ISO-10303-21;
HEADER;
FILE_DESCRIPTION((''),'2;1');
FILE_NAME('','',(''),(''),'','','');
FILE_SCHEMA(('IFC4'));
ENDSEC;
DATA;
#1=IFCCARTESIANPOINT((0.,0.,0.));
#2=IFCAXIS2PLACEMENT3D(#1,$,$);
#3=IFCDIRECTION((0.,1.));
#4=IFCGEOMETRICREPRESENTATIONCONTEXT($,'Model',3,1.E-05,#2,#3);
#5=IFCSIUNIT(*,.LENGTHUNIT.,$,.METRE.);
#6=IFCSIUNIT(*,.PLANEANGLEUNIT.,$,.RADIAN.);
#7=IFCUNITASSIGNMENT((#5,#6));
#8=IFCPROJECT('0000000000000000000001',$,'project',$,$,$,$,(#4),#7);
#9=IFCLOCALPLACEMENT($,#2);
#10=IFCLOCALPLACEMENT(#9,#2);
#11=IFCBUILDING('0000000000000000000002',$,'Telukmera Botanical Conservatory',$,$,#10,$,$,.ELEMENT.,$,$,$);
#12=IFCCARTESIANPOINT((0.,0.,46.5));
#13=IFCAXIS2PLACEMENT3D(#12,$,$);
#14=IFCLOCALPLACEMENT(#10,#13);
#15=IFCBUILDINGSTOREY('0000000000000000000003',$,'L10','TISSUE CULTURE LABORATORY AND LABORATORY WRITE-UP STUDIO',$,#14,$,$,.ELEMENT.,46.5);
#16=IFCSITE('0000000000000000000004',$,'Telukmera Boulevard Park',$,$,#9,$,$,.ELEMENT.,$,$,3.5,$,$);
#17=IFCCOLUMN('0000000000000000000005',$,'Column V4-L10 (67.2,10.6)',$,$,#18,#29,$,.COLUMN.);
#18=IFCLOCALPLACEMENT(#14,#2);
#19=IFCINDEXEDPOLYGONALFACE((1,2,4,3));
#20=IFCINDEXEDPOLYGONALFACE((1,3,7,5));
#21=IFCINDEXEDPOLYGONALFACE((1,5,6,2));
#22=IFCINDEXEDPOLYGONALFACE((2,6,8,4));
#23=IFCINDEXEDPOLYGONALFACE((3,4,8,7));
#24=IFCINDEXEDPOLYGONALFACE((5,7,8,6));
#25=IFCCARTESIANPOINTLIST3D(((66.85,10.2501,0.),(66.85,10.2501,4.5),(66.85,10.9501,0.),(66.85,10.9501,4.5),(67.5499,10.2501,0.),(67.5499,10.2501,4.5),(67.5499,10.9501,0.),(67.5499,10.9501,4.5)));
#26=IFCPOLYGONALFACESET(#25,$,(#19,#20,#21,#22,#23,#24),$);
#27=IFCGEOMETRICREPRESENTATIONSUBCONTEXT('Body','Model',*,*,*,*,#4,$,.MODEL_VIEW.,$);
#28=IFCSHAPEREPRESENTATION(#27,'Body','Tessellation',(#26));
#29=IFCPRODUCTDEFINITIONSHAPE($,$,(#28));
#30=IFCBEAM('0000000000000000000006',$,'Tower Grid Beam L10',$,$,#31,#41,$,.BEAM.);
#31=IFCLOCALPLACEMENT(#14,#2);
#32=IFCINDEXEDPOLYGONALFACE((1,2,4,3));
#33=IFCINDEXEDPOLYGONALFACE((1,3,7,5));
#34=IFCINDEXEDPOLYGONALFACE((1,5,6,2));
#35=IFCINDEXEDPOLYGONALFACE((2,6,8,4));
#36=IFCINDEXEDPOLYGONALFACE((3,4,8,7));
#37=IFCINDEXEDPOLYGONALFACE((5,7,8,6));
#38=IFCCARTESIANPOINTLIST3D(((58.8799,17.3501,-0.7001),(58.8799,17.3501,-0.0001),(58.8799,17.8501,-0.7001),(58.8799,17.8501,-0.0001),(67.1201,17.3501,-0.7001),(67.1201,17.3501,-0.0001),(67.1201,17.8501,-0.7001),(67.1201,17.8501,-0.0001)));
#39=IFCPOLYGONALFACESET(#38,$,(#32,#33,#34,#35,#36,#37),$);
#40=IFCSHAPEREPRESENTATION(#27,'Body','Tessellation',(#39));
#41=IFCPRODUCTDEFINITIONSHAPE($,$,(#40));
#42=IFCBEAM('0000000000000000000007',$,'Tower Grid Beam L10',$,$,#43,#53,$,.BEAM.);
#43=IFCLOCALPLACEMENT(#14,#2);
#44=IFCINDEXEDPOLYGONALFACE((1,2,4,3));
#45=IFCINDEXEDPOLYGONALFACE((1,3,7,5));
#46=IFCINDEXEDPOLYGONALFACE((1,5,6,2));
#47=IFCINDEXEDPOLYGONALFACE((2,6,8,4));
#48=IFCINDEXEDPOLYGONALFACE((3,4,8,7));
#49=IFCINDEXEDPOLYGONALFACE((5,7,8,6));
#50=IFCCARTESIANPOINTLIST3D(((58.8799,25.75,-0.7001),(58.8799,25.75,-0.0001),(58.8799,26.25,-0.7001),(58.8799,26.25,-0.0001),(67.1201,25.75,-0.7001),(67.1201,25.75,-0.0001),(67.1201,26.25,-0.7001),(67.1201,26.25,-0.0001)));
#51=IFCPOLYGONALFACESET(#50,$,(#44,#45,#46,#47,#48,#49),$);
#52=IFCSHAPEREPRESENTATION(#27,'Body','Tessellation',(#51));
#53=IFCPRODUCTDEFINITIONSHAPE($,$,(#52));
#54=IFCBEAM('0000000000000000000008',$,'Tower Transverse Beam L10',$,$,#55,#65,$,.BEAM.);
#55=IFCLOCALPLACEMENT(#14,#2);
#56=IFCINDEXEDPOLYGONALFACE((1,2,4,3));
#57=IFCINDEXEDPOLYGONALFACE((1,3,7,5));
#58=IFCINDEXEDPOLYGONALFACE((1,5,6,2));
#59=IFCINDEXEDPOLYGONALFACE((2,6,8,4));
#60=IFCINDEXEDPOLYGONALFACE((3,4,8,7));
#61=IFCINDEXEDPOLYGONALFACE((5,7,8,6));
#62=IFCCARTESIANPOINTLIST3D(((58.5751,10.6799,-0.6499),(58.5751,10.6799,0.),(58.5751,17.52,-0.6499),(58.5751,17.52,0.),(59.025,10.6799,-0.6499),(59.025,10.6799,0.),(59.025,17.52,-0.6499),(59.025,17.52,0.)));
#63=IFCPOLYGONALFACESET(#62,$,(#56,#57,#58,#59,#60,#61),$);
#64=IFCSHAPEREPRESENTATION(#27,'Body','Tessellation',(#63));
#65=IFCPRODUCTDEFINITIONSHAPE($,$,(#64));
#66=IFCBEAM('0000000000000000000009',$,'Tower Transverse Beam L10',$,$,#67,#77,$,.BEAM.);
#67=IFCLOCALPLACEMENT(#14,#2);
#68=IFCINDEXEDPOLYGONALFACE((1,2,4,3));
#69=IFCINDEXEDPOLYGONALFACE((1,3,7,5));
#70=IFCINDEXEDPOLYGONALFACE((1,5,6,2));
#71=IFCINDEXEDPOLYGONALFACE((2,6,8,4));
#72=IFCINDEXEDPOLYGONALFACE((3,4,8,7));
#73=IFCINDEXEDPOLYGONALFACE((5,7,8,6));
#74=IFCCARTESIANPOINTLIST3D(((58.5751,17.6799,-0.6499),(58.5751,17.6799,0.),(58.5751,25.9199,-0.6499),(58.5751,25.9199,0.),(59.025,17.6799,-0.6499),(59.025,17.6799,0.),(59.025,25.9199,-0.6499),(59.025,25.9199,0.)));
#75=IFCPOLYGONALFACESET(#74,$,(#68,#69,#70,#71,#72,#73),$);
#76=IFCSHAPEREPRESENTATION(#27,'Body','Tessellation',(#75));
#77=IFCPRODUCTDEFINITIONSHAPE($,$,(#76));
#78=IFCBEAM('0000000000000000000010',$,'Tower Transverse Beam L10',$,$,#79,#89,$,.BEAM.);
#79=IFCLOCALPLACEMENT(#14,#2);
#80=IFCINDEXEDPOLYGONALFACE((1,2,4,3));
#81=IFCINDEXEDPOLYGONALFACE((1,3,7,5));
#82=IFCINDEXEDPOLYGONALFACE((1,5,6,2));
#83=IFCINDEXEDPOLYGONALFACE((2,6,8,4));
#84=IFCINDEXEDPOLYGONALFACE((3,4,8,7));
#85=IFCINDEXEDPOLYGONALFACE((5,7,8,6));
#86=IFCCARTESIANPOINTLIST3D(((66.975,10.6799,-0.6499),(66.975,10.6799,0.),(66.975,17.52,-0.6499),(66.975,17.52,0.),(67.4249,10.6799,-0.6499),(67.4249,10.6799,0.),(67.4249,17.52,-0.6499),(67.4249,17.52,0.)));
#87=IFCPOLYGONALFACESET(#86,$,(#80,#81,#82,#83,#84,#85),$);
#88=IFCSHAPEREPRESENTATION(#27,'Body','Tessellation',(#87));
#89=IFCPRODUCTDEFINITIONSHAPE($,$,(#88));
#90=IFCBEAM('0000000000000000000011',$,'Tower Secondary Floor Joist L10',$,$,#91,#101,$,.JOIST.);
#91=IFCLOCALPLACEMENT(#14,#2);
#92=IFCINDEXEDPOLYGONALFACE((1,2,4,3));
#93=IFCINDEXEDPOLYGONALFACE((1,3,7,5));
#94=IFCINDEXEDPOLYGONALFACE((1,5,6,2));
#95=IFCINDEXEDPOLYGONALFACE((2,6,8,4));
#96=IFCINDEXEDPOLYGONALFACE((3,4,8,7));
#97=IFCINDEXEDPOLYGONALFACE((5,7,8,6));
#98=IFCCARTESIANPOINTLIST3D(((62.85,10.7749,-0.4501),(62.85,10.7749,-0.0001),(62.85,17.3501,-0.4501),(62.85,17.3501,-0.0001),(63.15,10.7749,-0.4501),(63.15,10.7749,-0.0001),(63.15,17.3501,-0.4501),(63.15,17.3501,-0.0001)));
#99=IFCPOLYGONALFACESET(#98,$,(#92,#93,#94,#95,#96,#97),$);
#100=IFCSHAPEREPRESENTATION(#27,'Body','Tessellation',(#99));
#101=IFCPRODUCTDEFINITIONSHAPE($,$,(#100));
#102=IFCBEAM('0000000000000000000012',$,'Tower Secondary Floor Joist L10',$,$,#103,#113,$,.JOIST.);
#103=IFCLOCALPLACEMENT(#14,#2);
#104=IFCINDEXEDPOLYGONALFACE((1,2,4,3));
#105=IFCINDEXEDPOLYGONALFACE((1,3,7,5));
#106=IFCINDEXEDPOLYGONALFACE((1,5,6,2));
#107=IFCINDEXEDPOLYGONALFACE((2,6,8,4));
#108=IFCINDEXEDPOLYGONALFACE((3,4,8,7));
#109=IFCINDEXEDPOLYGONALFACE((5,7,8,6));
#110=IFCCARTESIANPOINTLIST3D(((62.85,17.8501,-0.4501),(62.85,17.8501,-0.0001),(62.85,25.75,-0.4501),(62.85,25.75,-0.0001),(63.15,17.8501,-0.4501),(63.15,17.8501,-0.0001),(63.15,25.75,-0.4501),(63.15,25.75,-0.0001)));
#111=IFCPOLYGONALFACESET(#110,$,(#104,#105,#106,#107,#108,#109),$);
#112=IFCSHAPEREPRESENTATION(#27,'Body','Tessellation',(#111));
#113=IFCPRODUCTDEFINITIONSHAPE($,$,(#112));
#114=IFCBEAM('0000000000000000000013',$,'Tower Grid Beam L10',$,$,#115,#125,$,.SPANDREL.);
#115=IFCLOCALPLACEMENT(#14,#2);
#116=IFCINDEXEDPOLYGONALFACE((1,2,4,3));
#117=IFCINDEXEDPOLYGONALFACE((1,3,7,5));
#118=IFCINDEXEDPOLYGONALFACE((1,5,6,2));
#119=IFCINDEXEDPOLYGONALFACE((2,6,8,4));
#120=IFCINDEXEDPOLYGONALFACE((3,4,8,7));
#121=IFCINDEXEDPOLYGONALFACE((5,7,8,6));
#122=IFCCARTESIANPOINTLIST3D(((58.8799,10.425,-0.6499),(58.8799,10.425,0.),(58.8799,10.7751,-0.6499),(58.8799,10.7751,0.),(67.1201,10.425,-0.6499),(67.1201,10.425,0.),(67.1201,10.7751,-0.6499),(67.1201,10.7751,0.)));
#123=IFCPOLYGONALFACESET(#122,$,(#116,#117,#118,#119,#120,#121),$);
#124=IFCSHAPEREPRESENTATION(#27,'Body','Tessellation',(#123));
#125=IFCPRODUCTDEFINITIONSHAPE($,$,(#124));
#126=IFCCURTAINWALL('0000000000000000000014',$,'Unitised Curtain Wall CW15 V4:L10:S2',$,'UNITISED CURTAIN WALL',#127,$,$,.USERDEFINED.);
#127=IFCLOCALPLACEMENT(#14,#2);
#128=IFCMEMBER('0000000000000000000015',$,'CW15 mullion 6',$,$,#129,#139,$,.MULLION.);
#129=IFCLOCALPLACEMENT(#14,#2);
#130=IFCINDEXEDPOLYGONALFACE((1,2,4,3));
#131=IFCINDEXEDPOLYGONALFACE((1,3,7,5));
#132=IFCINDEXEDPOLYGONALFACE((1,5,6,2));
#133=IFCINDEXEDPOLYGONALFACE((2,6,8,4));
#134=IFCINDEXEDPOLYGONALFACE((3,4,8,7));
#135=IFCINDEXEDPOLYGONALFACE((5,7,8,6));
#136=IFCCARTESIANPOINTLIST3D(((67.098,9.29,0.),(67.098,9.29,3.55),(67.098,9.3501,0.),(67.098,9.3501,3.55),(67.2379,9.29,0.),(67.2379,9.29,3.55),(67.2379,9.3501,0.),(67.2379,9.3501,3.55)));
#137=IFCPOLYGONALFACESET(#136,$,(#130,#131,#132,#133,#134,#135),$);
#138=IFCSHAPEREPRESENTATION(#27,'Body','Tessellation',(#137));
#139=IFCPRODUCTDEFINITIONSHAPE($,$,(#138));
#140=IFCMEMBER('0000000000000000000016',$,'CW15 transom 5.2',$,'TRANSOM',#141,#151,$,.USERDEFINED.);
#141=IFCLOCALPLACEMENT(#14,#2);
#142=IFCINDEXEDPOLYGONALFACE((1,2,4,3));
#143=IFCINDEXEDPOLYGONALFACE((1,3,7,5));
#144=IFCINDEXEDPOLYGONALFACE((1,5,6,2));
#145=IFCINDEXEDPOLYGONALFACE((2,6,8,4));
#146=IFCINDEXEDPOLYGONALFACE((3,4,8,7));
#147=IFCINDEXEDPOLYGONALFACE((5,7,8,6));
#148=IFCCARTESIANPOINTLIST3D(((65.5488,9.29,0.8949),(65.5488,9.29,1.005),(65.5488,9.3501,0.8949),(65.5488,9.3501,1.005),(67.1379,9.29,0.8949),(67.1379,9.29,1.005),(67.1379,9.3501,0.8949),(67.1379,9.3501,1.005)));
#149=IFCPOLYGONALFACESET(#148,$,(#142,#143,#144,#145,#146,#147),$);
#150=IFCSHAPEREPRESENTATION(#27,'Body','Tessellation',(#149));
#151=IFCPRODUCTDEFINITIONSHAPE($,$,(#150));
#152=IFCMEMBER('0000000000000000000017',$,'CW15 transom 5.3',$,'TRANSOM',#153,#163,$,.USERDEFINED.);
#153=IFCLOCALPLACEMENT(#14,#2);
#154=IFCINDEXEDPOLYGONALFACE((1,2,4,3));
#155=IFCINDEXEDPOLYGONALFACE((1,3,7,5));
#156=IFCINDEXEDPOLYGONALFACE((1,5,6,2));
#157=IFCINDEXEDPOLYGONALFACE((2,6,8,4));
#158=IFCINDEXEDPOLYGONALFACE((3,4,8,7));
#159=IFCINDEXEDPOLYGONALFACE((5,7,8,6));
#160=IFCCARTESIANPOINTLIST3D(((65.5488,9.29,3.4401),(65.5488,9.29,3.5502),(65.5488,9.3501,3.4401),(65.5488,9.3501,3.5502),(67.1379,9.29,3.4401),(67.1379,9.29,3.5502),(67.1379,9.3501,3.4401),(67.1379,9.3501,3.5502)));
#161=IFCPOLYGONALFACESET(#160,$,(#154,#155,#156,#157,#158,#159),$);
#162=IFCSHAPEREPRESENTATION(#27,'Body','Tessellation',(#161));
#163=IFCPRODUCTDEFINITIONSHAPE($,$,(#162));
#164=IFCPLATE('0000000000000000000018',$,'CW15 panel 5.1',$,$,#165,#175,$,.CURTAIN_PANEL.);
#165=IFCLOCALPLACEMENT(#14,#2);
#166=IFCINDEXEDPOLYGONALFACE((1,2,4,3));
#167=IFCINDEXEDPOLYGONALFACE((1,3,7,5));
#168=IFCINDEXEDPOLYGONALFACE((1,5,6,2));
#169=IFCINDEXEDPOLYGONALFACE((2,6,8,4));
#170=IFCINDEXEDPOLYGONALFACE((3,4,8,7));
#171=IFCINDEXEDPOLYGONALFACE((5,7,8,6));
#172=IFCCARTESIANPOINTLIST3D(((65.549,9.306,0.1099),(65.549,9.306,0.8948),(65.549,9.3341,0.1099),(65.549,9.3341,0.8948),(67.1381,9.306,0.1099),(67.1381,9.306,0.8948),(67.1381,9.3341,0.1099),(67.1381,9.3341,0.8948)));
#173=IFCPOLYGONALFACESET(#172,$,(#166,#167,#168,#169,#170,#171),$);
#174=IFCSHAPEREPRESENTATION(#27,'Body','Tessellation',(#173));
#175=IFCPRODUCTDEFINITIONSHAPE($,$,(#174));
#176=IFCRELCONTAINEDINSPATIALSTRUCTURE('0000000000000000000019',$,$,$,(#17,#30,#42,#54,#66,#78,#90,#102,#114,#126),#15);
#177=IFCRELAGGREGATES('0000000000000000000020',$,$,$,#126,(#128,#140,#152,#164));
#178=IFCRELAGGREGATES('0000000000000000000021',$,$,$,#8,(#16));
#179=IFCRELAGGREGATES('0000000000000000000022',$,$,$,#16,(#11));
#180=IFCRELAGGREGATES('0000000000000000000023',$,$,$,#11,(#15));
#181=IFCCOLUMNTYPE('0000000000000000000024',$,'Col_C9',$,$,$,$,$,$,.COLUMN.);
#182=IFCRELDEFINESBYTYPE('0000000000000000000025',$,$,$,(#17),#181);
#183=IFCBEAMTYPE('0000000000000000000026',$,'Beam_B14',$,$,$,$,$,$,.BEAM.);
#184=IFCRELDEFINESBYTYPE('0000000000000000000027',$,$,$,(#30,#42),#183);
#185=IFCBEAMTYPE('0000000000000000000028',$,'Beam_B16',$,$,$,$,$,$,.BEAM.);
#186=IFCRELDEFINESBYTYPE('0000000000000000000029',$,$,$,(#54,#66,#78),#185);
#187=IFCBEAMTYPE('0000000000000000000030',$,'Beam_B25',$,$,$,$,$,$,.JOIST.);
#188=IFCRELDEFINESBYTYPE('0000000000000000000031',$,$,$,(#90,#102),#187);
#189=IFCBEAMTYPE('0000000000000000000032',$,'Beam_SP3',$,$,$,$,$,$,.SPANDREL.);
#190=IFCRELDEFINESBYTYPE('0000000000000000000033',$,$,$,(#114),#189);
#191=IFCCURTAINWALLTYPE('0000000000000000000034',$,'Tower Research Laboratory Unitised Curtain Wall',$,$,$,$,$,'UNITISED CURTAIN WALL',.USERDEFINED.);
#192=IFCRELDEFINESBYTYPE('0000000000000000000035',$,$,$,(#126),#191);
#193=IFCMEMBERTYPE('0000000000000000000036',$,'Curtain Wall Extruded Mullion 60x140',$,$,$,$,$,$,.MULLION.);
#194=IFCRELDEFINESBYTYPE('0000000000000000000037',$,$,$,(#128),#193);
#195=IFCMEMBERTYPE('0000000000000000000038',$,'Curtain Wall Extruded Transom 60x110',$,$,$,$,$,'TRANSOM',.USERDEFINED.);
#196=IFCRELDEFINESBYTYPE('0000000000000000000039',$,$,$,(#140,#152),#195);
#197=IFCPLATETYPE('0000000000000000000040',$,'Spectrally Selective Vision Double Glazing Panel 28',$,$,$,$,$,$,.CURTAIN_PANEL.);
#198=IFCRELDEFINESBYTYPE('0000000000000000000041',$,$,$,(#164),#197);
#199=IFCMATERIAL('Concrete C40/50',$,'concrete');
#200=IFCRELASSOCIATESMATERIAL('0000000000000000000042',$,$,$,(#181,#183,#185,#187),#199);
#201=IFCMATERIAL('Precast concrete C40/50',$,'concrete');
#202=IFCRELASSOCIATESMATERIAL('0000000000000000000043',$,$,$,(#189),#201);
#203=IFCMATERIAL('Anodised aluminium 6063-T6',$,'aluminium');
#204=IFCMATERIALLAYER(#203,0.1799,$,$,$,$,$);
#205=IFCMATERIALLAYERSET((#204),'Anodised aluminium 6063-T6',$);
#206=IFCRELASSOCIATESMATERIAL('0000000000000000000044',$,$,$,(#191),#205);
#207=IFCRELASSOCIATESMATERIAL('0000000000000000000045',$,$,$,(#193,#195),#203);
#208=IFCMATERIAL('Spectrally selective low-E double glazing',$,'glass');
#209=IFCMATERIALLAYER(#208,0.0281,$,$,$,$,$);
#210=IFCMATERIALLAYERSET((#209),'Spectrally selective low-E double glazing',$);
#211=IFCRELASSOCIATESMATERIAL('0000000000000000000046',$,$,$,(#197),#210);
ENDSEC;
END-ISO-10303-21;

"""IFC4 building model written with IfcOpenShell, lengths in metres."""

from ifc_helpers import new_model, si_unit, direction, frame, origin, origin_2d, place, context, subcontext, project, spatial, rectangle, extrude, material, layer, layer_set, material_profile, profile_set, type_object, element, aggregate, save


model = new_model("IFC4")

# Units and contexts
model_context = context("Model", 3, precision=1e-05, world=origin(), true_north=direction((0.0, 1.0)))
body_context = subcontext(model_context, "Body", "Model", "MODEL_VIEW")
ifc_project = project(units=[si_unit("LENGTHUNIT", "METRE"), si_unit("PLANEANGLEUNIT", "RADIAN")], contexts=[model_context])

# Site, building, storey
site_placement = place(None, origin())
site = spatial("IfcSite", under=ifc_project, at=site_placement, Name="Telukmera Boulevard Park", CompositionType="ELEMENT", RefElevation=3.5)
building_placement = place(site_placement, origin())
building = spatial("IfcBuilding", under=site, at=building_placement, Name="Telukmera Botanical Conservatory", CompositionType="ELEMENT")
storey_placement = place(building_placement, frame((0.0, 0.0, 46.5)))
storey = spatial("IfcBuildingStorey", under=building, at=storey_placement, Name="L10", Description="TISSUE CULTURE LABORATORY AND LABORATORY WRITE-UP STUDIO", CompositionType="ELEMENT", Elevation=46.5)

# Column
ifc_material_1 = material(Name="Concrete C40/50", Category="concrete")
ifc_material_profile_1 = material_profile(ifc_material_1, rectangle(XDim=0.7, YDim=0.7, at=origin_2d()), Name="RC 700x700")
ifc_profile_set_1 = profile_set([ifc_material_profile_1], Name="Concrete C40/50")
column_type = type_object("IfcColumnType", Name="Col_C9", PredefinedType="COLUMN", material=ifc_profile_set_1)
column_placement = place(storey_placement, frame((67.2, 10.6001, 0.0), z_axis=(0.0, 0.0, 1.0), x_axis=(1.0, 0.0, 0.0)))
element("IfcColumn", 1, at=column_placement, inside=storey, type_object=column_type, Name="Column V4-L10 (67.2,10.6)", PredefinedType="COLUMN", context=body_context, shape_type="SweptSolid", body=[
    extrude(rectangle(XDim=0.7, YDim=0.7, at=origin_2d()), origin(), (0.0, 0.0, 1.0), 4.5),
])

# Beams
ifc_material_profile_2 = material_profile(ifc_material_1, rectangle(XDim=0.5, YDim=0.7, at=origin_2d()), Name="RC 500x700")
ifc_profile_set_2 = profile_set([ifc_material_profile_2], Name="Concrete C40/50")
beam_type_1 = type_object("IfcBeamType", Name="Beam_B14", PredefinedType="BEAM", material=ifc_profile_set_2)
for number, where, z_axis, x_axis, name in (
    (2, (58.8799, 17.6001, -0.3501), (1.0, 0.0, 0.0), (0.0, 1.0, 0.0), "Tower Grid Beam L10"),
    (3, (58.8799, 26.0, -0.3501), (1.0, 0.0, 0.0), (0.0, 1.0, 0.0), "Tower Grid Beam L10"),
):
    element("IfcBeam", number, at=place(storey_placement, frame(where, z_axis=z_axis, x_axis=x_axis)), inside=storey, type_object=beam_type_1, Name=name, PredefinedType="BEAM", context=body_context, shape_type="SweptSolid", body=[
        extrude(rectangle(XDim=0.5, YDim=0.7, at=origin_2d()), origin(), (0.0, 0.0, 1.0), 8.2402),
    ])
ifc_material_profile_3 = material_profile(ifc_material_1, rectangle(XDim=0.45, YDim=0.6499, at=origin_2d()), Name="RC 450x650")
ifc_profile_set_3 = profile_set([ifc_material_profile_3], Name="Concrete C40/50")
beam_type_2 = type_object("IfcBeamType", Name="Beam_B16", PredefinedType="BEAM", material=ifc_profile_set_3)
beam_1_placement = place(storey_placement, frame((58.8, 10.6799, -0.325), z_axis=(0.0, 1.0, 0.0), x_axis=(-1.0, 0.0, 0.0)))
element("IfcBeam", 4, at=beam_1_placement, inside=storey, type_object=beam_type_2, Name="Tower Transverse Beam L10", PredefinedType="BEAM", context=body_context, shape_type="SweptSolid", body=[
    extrude(rectangle(XDim=0.45, YDim=0.6499, at=origin_2d()), origin(), (0.0, 0.0, 1.0), 6.8401),
])
beam_2_placement = place(storey_placement, frame((58.8, 17.6799, -0.325), z_axis=(0.0, 1.0, 0.0), x_axis=(-1.0, 0.0, 0.0)))
element("IfcBeam", 5, at=beam_2_placement, inside=storey, type_object=beam_type_2, Name="Tower Transverse Beam L10", PredefinedType="BEAM", context=body_context, shape_type="SweptSolid", body=[
    extrude(rectangle(XDim=0.45, YDim=0.6499, at=origin_2d()), origin(), (0.0, 0.0, 1.0), 8.24),
])
beam_3_placement = place(storey_placement, frame((67.2, 10.6799, -0.325), z_axis=(0.0, 1.0, 0.0), x_axis=(-1.0, 0.0, 0.0)))
element("IfcBeam", 6, at=beam_3_placement, inside=storey, type_object=beam_type_2, Name="Tower Transverse Beam L10", PredefinedType="BEAM", context=body_context, shape_type="SweptSolid", body=[
    extrude(rectangle(XDim=0.45, YDim=0.6499, at=origin_2d()), origin(), (0.0, 0.0, 1.0), 6.8401),
])
ifc_material_profile_4 = material_profile(ifc_material_1, rectangle(XDim=0.3, YDim=0.45, at=origin_2d()), Name="RC 300x450")
ifc_profile_set_4 = profile_set([ifc_material_profile_4], Name="Concrete C40/50")
beam_type_3 = type_object("IfcBeamType", Name="Beam_B25", PredefinedType="JOIST", material=ifc_profile_set_4)
beam_4_placement = place(storey_placement, frame((63.0, 10.7749, -0.2251), z_axis=(0.0, 1.0, 0.0), x_axis=(-1.0, 0.0, 0.0)))
element("IfcBeam", 7, at=beam_4_placement, inside=storey, type_object=beam_type_3, Name="Tower Secondary Floor Joist L10", PredefinedType="JOIST", context=body_context, shape_type="SweptSolid", body=[
    extrude(rectangle(XDim=0.3, YDim=0.45, at=origin_2d()), origin(), (0.0, 0.0, 1.0), 6.5752),
])
beam_5_placement = place(storey_placement, frame((63.0, 17.8501, -0.2251), z_axis=(0.0, 1.0, 0.0), x_axis=(-1.0, 0.0, 0.0)))
element("IfcBeam", 8, at=beam_5_placement, inside=storey, type_object=beam_type_3, Name="Tower Secondary Floor Joist L10", PredefinedType="JOIST", context=body_context, shape_type="SweptSolid", body=[
    extrude(rectangle(XDim=0.3, YDim=0.45, at=origin_2d()), origin(), (0.0, 0.0, 1.0), 7.8999),
])
ifc_material_2 = material(Name="Precast concrete C40/50", Category="concrete")
ifc_material_profile_5 = material_profile(ifc_material_2, rectangle(XDim=0.3501, YDim=0.6499, at=origin_2d()), Name="PC 350x650")
ifc_profile_set_5 = profile_set([ifc_material_profile_5], Name="Precast concrete C40/50")
beam_type_4 = type_object("IfcBeamType", Name="Beam_SP3", PredefinedType="SPANDREL", material=ifc_profile_set_5)
beam_6_placement = place(storey_placement, frame((58.8799, 10.6001, -0.325), z_axis=(1.0, 0.0, 0.0), x_axis=(0.0, 1.0, 0.0)))
element("IfcBeam", 9, at=beam_6_placement, inside=storey, type_object=beam_type_4, Name="Tower Grid Beam L10", PredefinedType="SPANDREL", context=body_context, shape_type="SweptSolid", body=[
    extrude(rectangle(XDim=0.3501, YDim=0.6499, at=origin_2d()), origin(), (0.0, 0.0, 1.0), 8.2402),
])

# Curtain wall, members, plate
ifc_material_3 = material(Name="Anodised aluminium 6063-T6", Category="aluminium")
ifc_layer_1 = layer(ifc_material_3, 0.1799)
ifc_layer_set_1 = layer_set([ifc_layer_1], Name="Anodised aluminium 6063-T6")
curtain_wall_type = type_object("IfcCurtainWallType", Name="Tower Research Laboratory Unitised Curtain Wall", ElementType="UNITISED CURTAIN WALL", PredefinedType="USERDEFINED", material=ifc_layer_set_1)
curtain_wall_placement = place(storey_placement, origin())
curtain_wall = element("IfcCurtainWall", 10, at=curtain_wall_placement, inside=storey, type_object=curtain_wall_type, Name="Unitised Curtain Wall CW15 V4:L10:S2", ObjectType="UNITISED CURTAIN WALL", PredefinedType="USERDEFINED")
ifc_material_profile_6 = material_profile(ifc_material_3, rectangle(XDim=0.0601, YDim=0.1399, at=origin_2d()), Name="ALU MULL 60x140")
ifc_profile_set_6 = profile_set([ifc_material_profile_6], Name="Anodised aluminium 6063-T6")
member_type_1 = type_object("IfcMemberType", Name="Curtain Wall Extruded Mullion 60x140", PredefinedType="MULLION", material=ifc_profile_set_6)
member_1_placement = place(storey_placement, frame((67.168, 9.3201, 0.0), z_axis=(0.0, 0.0, 1.0), x_axis=(0.0, 1.0, 0.0)))
member_1 = element("IfcMember", 11, at=member_1_placement, type_object=member_type_1, Name="CW15 mullion 6", PredefinedType="MULLION", context=body_context, shape_type="SweptSolid", body=[
    extrude(rectangle(XDim=0.0601, YDim=0.1399, at=origin_2d()), origin(), (0.0, 0.0, 1.0), 3.55),
])
ifc_material_profile_7 = material_profile(ifc_material_3, rectangle(XDim=0.0601, YDim=0.1101, at=origin_2d()), Name="ALU TRAN 60x110")
ifc_profile_set_7 = profile_set([ifc_material_profile_7], Name="Anodised aluminium 6063-T6")
member_type_2 = type_object("IfcMemberType", Name="Curtain Wall Extruded Transom 60x110", ElementType="TRANSOM", PredefinedType="USERDEFINED", material=ifc_profile_set_7)
member_2_placement = place(storey_placement, frame((65.5488, 9.3201, 0.95), z_axis=(1.0, 0.0, 0.0), x_axis=(0.0, 1.0, 0.0)))
member_2 = element("IfcMember", 12, at=member_2_placement, type_object=member_type_2, Name="CW15 transom 5.2", ObjectType="TRANSOM", PredefinedType="USERDEFINED", context=body_context, shape_type="SweptSolid", body=[
    extrude(rectangle(XDim=0.0601, YDim=0.1101, at=origin_2d()), origin(), (0.0, 0.0, 1.0), 1.5891),
])
member_3_placement = place(storey_placement, frame((65.5488, 9.3201, 3.4951), z_axis=(1.0, 0.0, 0.0), x_axis=(0.0, 1.0, 0.0)))
member_3 = element("IfcMember", 13, at=member_3_placement, type_object=member_type_2, Name="CW15 transom 5.3", ObjectType="TRANSOM", PredefinedType="USERDEFINED", context=body_context, shape_type="SweptSolid", body=[
    extrude(rectangle(XDim=0.0601, YDim=0.1101, at=origin_2d()), origin(), (0.0, 0.0, 1.0), 1.5891),
])
ifc_material_4 = material(Name="Spectrally selective low-E double glazing", Category="glass")
ifc_layer_2 = layer(ifc_material_4, 0.0281)
ifc_layer_set_2 = layer_set([ifc_layer_2], Name="Spectrally selective low-E double glazing")
plate_type = type_object("IfcPlateType", Name="Spectrally Selective Vision Double Glazing Panel 28", PredefinedType="CURTAIN_PANEL", material=ifc_layer_set_2)
plate_1_placement = place(storey_placement, frame((66.3435, 9.3201, 0.1099), z_axis=(0.0, 0.0, 1.0), x_axis=(1.0, 0.0, 0.0)))
plate_1 = element("IfcPlate", 14, at=plate_1_placement, type_object=plate_type, Name="CW15 panel 5.1", PredefinedType="CURTAIN_PANEL", context=body_context, shape_type="SweptSolid", body=[
    extrude(rectangle(XDim=1.5891, YDim=0.0281, at=origin_2d()), origin(), (0.0, 0.0, 1.0), 0.7849),
])
aggregate(curtain_wall, [member_1, member_2, member_3, plate_1])

save(model, "model.ifc")
